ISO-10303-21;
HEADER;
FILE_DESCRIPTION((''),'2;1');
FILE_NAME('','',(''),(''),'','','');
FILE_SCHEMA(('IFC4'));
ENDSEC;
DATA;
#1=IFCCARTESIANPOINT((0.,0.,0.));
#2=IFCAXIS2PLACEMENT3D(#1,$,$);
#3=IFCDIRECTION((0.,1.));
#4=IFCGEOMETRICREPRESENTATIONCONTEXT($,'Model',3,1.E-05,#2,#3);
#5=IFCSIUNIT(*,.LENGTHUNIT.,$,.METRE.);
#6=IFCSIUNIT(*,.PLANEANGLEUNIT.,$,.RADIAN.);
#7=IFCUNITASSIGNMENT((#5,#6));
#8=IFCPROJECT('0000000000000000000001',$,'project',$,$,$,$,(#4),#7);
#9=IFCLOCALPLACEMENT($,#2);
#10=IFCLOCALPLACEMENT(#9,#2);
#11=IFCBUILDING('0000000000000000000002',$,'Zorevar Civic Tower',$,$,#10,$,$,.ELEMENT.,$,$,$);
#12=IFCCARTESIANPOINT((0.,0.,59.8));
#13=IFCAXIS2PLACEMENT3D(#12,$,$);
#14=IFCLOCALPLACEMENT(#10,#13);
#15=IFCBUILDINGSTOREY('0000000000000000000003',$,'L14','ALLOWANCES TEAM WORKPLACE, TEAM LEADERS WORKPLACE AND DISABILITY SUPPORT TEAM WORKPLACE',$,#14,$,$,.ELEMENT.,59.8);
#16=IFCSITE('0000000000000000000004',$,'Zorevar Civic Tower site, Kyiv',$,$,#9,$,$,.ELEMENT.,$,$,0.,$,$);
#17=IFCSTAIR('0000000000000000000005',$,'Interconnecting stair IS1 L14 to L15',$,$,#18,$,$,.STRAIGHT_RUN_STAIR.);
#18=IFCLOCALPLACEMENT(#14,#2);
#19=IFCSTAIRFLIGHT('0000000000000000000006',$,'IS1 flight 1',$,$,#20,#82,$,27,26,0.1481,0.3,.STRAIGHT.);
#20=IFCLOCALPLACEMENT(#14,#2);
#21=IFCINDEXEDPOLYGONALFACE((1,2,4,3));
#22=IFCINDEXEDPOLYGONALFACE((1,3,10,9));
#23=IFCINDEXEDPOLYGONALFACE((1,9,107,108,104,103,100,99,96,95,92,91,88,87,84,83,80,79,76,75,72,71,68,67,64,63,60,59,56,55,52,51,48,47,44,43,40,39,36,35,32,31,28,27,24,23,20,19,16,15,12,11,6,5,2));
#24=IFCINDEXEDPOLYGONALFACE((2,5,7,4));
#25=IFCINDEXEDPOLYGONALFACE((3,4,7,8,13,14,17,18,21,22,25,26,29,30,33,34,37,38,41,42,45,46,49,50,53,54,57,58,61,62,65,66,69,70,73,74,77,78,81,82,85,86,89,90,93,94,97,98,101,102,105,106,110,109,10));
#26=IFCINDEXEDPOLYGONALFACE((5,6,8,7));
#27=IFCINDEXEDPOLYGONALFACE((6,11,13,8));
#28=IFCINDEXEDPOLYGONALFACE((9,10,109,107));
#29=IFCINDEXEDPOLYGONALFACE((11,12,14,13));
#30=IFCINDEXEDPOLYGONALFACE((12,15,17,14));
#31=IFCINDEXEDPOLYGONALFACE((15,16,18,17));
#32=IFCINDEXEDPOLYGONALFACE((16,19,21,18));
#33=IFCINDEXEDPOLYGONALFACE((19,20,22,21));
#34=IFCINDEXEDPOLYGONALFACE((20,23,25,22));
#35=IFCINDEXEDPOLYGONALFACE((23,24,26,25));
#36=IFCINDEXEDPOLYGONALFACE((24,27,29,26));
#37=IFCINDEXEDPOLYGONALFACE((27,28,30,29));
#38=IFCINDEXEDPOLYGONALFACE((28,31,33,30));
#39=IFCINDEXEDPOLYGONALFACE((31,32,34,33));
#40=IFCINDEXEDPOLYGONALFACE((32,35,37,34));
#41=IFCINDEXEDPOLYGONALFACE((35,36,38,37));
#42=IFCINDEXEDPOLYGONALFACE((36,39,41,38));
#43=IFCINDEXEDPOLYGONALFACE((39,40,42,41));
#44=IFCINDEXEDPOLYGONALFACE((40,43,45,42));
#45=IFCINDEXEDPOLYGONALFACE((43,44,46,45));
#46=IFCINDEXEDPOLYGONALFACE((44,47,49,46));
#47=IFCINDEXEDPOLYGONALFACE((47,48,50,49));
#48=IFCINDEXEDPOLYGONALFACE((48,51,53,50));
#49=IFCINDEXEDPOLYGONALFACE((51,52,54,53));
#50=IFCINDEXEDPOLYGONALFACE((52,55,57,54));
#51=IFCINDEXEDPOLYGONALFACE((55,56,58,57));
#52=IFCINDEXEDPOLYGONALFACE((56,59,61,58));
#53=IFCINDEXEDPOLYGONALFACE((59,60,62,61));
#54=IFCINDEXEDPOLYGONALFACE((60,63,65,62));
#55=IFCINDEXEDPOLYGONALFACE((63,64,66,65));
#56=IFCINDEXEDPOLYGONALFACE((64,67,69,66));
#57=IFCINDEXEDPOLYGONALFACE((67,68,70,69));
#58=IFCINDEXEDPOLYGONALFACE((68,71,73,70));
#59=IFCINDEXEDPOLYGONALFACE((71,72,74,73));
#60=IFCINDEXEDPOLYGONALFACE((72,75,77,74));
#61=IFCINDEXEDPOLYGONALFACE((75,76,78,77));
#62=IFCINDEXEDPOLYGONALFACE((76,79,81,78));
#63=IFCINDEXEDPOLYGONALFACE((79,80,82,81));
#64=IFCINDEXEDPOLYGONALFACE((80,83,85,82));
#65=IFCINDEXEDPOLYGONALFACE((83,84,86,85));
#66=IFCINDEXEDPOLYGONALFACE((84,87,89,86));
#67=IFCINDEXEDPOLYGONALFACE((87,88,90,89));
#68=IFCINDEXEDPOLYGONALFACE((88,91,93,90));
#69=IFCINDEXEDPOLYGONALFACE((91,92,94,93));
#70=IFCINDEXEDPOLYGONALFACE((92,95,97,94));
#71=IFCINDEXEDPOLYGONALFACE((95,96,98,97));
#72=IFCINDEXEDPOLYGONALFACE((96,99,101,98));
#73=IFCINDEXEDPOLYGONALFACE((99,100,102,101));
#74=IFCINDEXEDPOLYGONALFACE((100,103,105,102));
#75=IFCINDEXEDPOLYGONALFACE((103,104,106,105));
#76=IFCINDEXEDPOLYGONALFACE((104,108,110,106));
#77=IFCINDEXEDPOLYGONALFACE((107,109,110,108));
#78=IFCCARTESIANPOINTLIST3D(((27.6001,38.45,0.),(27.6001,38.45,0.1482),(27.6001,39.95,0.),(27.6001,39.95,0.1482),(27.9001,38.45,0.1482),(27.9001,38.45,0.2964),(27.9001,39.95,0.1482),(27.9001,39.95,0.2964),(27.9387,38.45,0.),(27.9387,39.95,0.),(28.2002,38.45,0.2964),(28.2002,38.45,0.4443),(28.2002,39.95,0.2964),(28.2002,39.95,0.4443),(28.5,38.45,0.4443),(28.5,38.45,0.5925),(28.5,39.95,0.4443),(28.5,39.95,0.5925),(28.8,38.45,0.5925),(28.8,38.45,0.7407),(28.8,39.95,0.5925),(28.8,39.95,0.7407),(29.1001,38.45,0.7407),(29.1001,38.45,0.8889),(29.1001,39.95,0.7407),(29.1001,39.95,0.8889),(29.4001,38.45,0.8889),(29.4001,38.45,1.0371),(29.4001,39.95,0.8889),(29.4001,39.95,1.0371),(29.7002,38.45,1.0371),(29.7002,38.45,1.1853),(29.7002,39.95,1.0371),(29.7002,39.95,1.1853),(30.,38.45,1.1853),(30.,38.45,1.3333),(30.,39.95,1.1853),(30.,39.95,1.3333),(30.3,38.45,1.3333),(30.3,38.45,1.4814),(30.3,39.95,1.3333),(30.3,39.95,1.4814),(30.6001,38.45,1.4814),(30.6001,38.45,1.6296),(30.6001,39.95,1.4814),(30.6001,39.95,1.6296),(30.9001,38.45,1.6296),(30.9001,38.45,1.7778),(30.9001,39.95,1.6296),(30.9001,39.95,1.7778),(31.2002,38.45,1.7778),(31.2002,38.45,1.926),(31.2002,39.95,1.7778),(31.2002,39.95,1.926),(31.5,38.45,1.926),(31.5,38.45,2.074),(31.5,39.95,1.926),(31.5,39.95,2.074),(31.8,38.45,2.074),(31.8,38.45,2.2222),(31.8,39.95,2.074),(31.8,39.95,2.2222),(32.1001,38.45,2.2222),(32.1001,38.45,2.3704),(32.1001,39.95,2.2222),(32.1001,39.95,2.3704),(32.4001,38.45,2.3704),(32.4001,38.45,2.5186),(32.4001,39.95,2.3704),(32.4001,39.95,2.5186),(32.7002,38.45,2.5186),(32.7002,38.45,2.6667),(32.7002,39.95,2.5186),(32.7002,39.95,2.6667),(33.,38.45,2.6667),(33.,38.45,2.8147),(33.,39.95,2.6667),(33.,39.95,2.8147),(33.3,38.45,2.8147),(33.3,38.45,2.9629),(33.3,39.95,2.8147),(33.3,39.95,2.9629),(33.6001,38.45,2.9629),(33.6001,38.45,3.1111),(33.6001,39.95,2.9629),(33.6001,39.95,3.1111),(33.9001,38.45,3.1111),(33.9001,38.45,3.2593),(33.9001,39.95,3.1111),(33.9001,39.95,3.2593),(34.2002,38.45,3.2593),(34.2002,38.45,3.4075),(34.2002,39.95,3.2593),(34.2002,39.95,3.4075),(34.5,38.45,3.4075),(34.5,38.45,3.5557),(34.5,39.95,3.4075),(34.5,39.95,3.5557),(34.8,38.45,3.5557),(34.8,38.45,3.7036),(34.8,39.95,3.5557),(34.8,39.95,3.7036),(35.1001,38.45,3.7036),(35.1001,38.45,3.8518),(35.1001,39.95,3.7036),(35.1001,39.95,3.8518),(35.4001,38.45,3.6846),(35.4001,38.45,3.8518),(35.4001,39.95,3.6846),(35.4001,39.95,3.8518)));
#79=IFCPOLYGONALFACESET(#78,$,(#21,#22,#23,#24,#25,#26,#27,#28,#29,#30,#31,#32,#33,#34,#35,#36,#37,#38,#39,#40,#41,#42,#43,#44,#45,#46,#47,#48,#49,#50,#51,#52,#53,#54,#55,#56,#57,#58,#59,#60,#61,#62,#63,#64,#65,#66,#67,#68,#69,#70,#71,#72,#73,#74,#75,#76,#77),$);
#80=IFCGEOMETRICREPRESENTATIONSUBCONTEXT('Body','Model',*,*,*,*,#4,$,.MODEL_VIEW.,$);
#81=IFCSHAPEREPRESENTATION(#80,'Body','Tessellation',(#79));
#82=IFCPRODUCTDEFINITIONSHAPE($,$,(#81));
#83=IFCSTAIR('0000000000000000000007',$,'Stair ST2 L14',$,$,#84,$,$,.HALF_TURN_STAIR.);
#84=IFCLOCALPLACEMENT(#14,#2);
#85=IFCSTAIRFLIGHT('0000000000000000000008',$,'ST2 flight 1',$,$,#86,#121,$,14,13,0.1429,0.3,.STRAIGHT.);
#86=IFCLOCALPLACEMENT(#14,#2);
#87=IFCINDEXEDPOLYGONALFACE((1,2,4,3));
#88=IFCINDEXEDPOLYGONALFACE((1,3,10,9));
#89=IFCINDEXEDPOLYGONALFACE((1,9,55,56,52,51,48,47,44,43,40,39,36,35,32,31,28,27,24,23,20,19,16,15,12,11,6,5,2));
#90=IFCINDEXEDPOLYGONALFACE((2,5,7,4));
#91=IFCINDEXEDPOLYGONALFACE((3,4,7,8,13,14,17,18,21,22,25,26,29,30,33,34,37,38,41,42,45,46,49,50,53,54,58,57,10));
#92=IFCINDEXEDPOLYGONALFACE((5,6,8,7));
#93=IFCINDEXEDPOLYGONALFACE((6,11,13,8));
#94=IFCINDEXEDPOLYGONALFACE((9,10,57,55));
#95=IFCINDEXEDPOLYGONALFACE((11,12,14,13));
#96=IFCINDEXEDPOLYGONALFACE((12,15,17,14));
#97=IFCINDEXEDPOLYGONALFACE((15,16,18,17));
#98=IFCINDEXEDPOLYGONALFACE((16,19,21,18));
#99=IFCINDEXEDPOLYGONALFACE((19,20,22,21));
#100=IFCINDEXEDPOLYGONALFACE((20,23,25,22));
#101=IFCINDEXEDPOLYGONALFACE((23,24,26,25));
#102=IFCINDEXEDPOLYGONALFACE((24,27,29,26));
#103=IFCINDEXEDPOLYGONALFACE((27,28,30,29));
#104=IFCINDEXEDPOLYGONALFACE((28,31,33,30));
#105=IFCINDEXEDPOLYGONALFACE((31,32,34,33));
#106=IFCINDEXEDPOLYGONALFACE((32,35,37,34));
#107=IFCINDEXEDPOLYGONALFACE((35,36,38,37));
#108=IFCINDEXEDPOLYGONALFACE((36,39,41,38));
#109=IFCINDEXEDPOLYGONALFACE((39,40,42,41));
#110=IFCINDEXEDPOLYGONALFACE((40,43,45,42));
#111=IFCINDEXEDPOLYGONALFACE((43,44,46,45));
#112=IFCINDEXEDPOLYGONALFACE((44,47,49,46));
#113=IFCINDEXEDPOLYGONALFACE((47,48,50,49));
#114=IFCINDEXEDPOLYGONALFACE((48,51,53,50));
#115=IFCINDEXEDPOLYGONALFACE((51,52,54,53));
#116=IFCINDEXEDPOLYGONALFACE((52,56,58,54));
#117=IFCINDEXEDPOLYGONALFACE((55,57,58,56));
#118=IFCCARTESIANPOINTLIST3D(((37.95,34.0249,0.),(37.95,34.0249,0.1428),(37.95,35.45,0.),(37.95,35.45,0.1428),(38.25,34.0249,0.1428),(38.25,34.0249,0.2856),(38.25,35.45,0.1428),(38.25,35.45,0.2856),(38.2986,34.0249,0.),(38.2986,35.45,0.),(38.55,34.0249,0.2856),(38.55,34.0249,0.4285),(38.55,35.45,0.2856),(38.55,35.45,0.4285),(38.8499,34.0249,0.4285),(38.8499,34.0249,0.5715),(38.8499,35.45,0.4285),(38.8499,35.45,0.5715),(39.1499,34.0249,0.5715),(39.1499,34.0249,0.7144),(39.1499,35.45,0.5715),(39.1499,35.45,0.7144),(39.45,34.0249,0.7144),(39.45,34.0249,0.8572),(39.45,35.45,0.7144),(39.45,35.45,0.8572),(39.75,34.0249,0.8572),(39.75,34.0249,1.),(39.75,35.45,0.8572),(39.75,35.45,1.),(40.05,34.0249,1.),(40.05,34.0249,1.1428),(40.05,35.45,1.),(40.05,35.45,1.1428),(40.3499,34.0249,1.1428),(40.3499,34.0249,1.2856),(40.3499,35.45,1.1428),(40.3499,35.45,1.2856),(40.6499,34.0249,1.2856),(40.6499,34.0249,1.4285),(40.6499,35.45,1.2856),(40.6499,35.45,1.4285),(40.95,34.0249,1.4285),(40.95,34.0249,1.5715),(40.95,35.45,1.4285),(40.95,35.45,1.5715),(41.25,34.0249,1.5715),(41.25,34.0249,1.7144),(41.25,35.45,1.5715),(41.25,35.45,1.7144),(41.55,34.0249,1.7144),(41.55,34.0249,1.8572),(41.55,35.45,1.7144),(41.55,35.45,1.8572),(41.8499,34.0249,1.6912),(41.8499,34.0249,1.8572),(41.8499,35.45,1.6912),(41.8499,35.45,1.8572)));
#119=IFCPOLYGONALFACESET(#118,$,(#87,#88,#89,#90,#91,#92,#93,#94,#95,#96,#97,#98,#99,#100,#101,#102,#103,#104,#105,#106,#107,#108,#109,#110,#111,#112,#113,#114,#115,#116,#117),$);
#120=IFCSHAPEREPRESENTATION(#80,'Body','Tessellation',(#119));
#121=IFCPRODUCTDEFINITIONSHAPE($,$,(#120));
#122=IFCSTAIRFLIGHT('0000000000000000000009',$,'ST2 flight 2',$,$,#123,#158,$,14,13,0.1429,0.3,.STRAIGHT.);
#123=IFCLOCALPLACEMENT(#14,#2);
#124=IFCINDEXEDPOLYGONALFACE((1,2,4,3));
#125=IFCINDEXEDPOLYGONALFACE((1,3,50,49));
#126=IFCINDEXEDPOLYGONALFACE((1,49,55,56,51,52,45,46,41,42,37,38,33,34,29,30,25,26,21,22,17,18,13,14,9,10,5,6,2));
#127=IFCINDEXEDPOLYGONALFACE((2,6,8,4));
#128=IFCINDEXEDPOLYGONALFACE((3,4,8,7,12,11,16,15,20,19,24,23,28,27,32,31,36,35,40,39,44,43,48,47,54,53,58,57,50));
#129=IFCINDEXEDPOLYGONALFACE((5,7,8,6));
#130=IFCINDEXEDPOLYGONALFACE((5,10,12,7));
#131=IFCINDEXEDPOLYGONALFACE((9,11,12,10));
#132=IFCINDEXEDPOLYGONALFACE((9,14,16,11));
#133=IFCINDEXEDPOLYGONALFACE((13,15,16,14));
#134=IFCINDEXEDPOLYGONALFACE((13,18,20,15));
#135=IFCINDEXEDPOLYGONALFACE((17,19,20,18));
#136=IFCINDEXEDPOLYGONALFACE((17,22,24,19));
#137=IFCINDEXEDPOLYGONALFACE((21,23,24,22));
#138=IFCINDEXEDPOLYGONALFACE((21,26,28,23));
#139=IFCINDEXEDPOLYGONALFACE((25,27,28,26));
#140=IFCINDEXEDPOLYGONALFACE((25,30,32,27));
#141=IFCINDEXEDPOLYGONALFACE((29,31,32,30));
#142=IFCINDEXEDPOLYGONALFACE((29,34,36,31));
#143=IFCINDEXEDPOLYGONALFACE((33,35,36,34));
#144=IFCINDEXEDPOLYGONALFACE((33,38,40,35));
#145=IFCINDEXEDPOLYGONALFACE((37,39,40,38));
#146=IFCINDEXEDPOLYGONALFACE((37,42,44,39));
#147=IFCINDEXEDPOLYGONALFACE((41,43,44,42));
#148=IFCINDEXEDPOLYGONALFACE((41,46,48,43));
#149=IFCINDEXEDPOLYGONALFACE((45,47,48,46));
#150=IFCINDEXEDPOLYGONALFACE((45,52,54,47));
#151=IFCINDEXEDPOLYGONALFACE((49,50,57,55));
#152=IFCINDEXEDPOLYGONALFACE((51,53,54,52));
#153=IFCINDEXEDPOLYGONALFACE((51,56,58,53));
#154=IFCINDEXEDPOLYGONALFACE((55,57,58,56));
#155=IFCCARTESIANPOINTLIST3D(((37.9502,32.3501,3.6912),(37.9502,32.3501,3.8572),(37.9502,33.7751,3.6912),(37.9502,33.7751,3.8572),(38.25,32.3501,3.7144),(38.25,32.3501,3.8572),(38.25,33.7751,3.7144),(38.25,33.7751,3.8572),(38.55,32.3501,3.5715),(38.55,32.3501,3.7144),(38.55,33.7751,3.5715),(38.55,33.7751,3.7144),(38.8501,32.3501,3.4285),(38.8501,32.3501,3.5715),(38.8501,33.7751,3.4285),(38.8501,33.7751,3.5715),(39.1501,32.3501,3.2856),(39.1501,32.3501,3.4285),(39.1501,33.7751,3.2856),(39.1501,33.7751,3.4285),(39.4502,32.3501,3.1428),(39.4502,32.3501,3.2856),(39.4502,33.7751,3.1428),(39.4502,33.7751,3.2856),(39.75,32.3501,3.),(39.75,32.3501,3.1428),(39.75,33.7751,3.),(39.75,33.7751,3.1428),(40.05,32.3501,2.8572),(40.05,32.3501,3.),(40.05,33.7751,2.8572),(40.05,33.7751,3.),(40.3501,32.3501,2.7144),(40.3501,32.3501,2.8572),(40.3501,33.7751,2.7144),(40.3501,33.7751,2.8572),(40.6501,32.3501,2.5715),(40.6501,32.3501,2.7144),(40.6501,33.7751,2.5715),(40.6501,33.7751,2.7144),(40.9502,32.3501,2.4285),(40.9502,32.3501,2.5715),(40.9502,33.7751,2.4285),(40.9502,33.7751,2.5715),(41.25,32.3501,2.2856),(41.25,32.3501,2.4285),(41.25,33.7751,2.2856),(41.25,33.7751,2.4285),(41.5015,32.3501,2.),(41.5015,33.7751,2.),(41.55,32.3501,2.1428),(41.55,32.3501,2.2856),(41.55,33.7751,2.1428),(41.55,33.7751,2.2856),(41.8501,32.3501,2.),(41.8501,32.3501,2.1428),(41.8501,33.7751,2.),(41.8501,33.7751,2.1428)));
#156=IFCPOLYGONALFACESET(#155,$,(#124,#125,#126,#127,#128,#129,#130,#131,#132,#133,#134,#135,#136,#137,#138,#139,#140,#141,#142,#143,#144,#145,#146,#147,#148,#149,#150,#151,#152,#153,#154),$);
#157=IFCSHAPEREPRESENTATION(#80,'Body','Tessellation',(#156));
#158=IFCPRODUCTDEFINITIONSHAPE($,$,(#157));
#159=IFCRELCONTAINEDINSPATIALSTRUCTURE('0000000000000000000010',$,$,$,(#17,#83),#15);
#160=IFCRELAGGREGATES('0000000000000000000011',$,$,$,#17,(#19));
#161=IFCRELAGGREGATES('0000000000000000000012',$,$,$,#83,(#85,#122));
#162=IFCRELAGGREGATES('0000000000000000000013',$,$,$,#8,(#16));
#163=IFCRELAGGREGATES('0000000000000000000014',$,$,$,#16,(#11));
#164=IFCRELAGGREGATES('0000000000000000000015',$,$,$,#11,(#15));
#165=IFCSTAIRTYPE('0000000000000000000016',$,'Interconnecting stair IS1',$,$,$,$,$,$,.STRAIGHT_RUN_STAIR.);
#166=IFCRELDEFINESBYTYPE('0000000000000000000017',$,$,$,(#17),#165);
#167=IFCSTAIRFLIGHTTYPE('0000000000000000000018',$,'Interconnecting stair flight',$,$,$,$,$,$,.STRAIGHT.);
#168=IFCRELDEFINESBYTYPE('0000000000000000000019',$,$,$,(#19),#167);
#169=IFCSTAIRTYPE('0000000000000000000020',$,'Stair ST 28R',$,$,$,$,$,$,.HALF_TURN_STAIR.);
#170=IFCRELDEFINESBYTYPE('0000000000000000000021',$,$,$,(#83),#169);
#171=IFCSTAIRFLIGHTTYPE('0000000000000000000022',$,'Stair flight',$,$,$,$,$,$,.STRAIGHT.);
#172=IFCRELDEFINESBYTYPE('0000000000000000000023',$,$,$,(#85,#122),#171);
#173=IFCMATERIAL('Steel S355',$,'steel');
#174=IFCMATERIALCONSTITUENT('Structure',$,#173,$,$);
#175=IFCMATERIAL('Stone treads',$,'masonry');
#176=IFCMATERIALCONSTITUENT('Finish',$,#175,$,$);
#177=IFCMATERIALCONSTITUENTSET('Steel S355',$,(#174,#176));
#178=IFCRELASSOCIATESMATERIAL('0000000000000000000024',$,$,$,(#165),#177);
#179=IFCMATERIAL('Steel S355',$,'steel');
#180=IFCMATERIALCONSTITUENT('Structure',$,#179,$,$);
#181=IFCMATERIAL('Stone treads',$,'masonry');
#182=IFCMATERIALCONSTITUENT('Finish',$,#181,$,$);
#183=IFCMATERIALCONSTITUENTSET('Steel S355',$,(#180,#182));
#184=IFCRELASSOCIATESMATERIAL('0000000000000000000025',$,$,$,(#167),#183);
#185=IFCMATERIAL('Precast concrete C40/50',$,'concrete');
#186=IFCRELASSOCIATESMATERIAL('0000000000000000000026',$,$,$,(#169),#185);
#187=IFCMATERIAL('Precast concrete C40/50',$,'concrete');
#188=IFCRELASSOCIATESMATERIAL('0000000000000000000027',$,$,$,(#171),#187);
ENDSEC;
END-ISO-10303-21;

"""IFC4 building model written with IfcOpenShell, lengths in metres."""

from ifc_helpers import new_model, si_unit, direction, frame, origin, place, context, subcontext, project, spatial, polyline, outline, extrude, material, constituent, constituent_set, type_object, element, aggregate, save


model = new_model("IFC4")

# Units and contexts
model_context = context("Model", 3, precision=1e-05, world=origin(), true_north=direction((0.0, 1.0)))
body_context = subcontext(model_context, "Body", "Model", "MODEL_VIEW")
ifc_project = project(units=[si_unit("LENGTHUNIT", "METRE"), si_unit("PLANEANGLEUNIT", "RADIAN")], contexts=[model_context])

# Site, building, storey
site_placement = place(None, origin())
site = spatial("IfcSite", under=ifc_project, at=site_placement, Name="Zorevar Civic Tower site, Kyiv", CompositionType="ELEMENT", RefElevation=0.0)
building_placement = place(site_placement, origin())
building = spatial("IfcBuilding", under=site, at=building_placement, Name="Zorevar Civic Tower", CompositionType="ELEMENT")
storey_placement = place(building_placement, frame((0.0, 0.0, 59.8)))
storey = spatial("IfcBuildingStorey", under=building, at=storey_placement, Name="L14", Description="ALLOWANCES TEAM WORKPLACE, TEAM LEADERS WORKPLACE AND DISABILITY SUPPORT TEAM WORKPLACE", CompositionType="ELEMENT", Elevation=59.8)

# Stair, stair flight
ifc_material_1 = material(Name="Steel S355", Category="steel")
ifc_constituent_1 = constituent(ifc_material_1, Name="Structure")
ifc_material_2 = material(Name="Stone treads", Category="masonry")
ifc_constituent_2 = constituent(ifc_material_2, Name="Finish")
ifc_constituent_set_1 = constituent_set(constituents=[ifc_constituent_1, ifc_constituent_2], Name="Steel S355")
stair_type_1 = type_object("IfcStairType", Name="Interconnecting stair IS1", PredefinedType="STRAIGHT_RUN_STAIR", material=ifc_constituent_set_1)
stair_1_placement = place(storey_placement, origin())
stair_1 = element("IfcStair", 1, at=stair_1_placement, inside=storey, type_object=stair_type_1, Name="Interconnecting stair IS1 L14 to L15", PredefinedType="STRAIGHT_RUN_STAIR")
ifc_material_3 = material(Name="Steel S355", Category="steel")
ifc_constituent_3 = constituent(ifc_material_3, Name="Structure")
ifc_material_4 = material(Name="Stone treads", Category="masonry")
ifc_constituent_4 = constituent(ifc_material_4, Name="Finish")
ifc_constituent_set_2 = constituent_set(constituents=[ifc_constituent_3, ifc_constituent_4], Name="Steel S355")
stair_flight_type_1 = type_object("IfcStairFlightType", Name="Interconnecting stair flight", PredefinedType="STRAIGHT", material=ifc_constituent_set_2)
stair_flight_1_placement = place(storey_placement, frame((27.6001, 39.2, 0.0), z_axis=(0.0, 0.0, 1.0), x_axis=(1.0, 0.0, 0.0)))
stair_flight_1 = element("IfcStairFlight", 2, at=stair_flight_1_placement, type_object=stair_flight_type_1, Name="IS1 flight 1", NumberOfRisers=27, NumberOfTreads=26, PredefinedType="STRAIGHT", RiserHeight=0.1481, TreadLength=0.3, context=body_context, shape_type="SweptSolid", body=[
    extrude(outline(polyline([(0.0, 0.0), (0.0, 0.1482), (0.3, 0.1482), (0.3, 0.2964), (0.6001, 0.2964), (0.6001, 0.4443), (0.8999, 0.4443), (0.8999, 0.5925), (1.2, 0.5925), (1.2, 0.7407), (1.5, 0.7407), (1.5, 0.8889), (1.8, 0.8889), (1.8, 1.0371), (2.1001, 1.0371), (2.1001, 1.1853), (2.3999, 1.1853), (2.3999, 1.3333), (2.7, 1.3333), (2.7, 1.4814), (3.0, 1.4814), (3.0, 1.6296), (3.3, 1.6296), (3.3, 1.7778), (3.6001, 1.7778), (3.6001, 1.926), (3.8999, 1.926), (3.8999, 2.074), (4.2, 2.074), (4.2, 2.2222), (4.5, 2.2222), (4.5, 2.3704), (4.8, 2.3704), (4.8, 2.5186), (5.1001, 2.5186), (5.1001, 2.6667), (5.3999, 2.6667), (5.3999, 2.8147), (5.7, 2.8147), (5.7, 2.9629), (6.0, 2.9629), (6.0, 3.1111), (6.3, 3.1111), (6.3, 3.2593), (6.6001, 3.2593), (6.6001, 3.4075), (6.8999, 3.4075), (6.8999, 3.5557), (7.2, 3.5557), (7.2, 3.7036), (7.5, 3.7036), (7.5, 3.8518), (7.8, 3.8518), (7.8, 4.0), (7.8, 3.6846), (0.3386, 0.0), (0.0, 0.0)])), frame((0.0, 0.75, 0.0), z_axis=(0.0, -1.0, 0.0), x_axis=(1.0, 0.0, 0.0)), (0.0, 0.0, 1.0), 1.5),
])
aggregate(stair_1, [stair_flight_1])

# Stair, stair flights
ifc_material_5 = material(Name="Precast concrete C40/50", Category="concrete")
stair_type_2 = type_object("IfcStairType", Name="Stair ST 28R", PredefinedType="HALF_TURN_STAIR", material=ifc_material_5)
stair_2_placement = place(storey_placement, origin())
stair_2 = element("IfcStair", 3, at=stair_2_placement, inside=storey, type_object=stair_type_2, Name="Stair ST2 L14", PredefinedType="HALF_TURN_STAIR")
ifc_material_6 = material(Name="Precast concrete C40/50", Category="concrete")
stair_flight_type_2 = type_object("IfcStairFlightType", Name="Stair flight", PredefinedType="STRAIGHT", material=ifc_material_6)
stair_flight_2_placement = place(storey_placement, frame((37.95, 34.7375, 0.0), z_axis=(0.0, 0.0, 1.0), x_axis=(1.0, 0.0, 0.0)))
stair_flight_2 = element("IfcStairFlight", 4, at=stair_flight_2_placement, type_object=stair_flight_type_2, Name="ST2 flight 1", NumberOfRisers=14, NumberOfTreads=13, PredefinedType="STRAIGHT", RiserHeight=0.1429, TreadLength=0.3, context=body_context, shape_type="SweptSolid", body=[
    extrude(outline(polyline([(0.0, 0.0), (0.0, 0.1428), (0.3, 0.1428), (0.3, 0.2856), (0.6001, 0.2856), (0.6001, 0.4285), (0.8999, 0.4285), (0.8999, 0.5715), (1.2, 0.5715), (1.2, 0.7144), (1.5, 0.7144), (1.5, 0.8572), (1.8, 0.8572), (1.8, 1.0), (2.1001, 1.0), (2.1001, 1.1428), (2.3999, 1.1428), (2.3999, 1.2856), (2.7, 1.2856), (2.7, 1.4285), (3.0, 1.4285), (3.0, 1.5715), (3.3, 1.5715), (3.3, 1.7144), (3.6001, 1.7144), (3.6001, 1.8572), (3.8999, 1.8572), (3.8999, 2.0), (3.8999, 1.6912), (0.3486, 0.0), (0.0, 0.0)])), frame((0.0, 0.7124, 0.0), z_axis=(0.0, -1.0, 0.0), x_axis=(1.0, 0.0, 0.0)), (0.0, 0.0, 1.0), 1.425),
])
stair_flight_3_placement = place(storey_placement, frame((41.8501, 33.0625, 2.0), z_axis=(0.0, 0.0, 1.0), x_axis=(-1.0, 0.0, 0.0)))
stair_flight_3 = element("IfcStairFlight", 5, at=stair_flight_3_placement, type_object=stair_flight_type_2, Name="ST2 flight 2", NumberOfRisers=14, NumberOfTreads=13, PredefinedType="STRAIGHT", RiserHeight=0.1429, TreadLength=0.3, context=body_context, shape_type="SweptSolid", body=[
    extrude(outline(polyline([(0.0, 0.0), (0.0, 0.1428), (0.3, 0.1428), (0.3, 0.2856), (0.6001, 0.2856), (0.6001, 0.4285), (0.8999, 0.4285), (0.8999, 0.5715), (1.2, 0.5715), (1.2, 0.7144), (1.5, 0.7144), (1.5, 0.8572), (1.8, 0.8572), (1.8, 1.0), (2.1001, 1.0), (2.1001, 1.1428), (2.3999, 1.1428), (2.3999, 1.2856), (2.7, 1.2856), (2.7, 1.4285), (3.0, 1.4285), (3.0, 1.5715), (3.3, 1.5715), (3.3, 1.7144), (3.6001, 1.7144), (3.6001, 1.8572), (3.8999, 1.8572), (3.8999, 2.0), (3.8999, 1.6912), (0.3486, 0.0), (0.0, 0.0)])), frame((0.0, 0.7124, 0.0), z_axis=(0.0, -1.0, 0.0), x_axis=(1.0, 0.0, 0.0)), (0.0, 0.0, 1.0), 1.425),
])
aggregate(stair_2, [stair_flight_2, stair_flight_3])

save(model, "model.ifc")
